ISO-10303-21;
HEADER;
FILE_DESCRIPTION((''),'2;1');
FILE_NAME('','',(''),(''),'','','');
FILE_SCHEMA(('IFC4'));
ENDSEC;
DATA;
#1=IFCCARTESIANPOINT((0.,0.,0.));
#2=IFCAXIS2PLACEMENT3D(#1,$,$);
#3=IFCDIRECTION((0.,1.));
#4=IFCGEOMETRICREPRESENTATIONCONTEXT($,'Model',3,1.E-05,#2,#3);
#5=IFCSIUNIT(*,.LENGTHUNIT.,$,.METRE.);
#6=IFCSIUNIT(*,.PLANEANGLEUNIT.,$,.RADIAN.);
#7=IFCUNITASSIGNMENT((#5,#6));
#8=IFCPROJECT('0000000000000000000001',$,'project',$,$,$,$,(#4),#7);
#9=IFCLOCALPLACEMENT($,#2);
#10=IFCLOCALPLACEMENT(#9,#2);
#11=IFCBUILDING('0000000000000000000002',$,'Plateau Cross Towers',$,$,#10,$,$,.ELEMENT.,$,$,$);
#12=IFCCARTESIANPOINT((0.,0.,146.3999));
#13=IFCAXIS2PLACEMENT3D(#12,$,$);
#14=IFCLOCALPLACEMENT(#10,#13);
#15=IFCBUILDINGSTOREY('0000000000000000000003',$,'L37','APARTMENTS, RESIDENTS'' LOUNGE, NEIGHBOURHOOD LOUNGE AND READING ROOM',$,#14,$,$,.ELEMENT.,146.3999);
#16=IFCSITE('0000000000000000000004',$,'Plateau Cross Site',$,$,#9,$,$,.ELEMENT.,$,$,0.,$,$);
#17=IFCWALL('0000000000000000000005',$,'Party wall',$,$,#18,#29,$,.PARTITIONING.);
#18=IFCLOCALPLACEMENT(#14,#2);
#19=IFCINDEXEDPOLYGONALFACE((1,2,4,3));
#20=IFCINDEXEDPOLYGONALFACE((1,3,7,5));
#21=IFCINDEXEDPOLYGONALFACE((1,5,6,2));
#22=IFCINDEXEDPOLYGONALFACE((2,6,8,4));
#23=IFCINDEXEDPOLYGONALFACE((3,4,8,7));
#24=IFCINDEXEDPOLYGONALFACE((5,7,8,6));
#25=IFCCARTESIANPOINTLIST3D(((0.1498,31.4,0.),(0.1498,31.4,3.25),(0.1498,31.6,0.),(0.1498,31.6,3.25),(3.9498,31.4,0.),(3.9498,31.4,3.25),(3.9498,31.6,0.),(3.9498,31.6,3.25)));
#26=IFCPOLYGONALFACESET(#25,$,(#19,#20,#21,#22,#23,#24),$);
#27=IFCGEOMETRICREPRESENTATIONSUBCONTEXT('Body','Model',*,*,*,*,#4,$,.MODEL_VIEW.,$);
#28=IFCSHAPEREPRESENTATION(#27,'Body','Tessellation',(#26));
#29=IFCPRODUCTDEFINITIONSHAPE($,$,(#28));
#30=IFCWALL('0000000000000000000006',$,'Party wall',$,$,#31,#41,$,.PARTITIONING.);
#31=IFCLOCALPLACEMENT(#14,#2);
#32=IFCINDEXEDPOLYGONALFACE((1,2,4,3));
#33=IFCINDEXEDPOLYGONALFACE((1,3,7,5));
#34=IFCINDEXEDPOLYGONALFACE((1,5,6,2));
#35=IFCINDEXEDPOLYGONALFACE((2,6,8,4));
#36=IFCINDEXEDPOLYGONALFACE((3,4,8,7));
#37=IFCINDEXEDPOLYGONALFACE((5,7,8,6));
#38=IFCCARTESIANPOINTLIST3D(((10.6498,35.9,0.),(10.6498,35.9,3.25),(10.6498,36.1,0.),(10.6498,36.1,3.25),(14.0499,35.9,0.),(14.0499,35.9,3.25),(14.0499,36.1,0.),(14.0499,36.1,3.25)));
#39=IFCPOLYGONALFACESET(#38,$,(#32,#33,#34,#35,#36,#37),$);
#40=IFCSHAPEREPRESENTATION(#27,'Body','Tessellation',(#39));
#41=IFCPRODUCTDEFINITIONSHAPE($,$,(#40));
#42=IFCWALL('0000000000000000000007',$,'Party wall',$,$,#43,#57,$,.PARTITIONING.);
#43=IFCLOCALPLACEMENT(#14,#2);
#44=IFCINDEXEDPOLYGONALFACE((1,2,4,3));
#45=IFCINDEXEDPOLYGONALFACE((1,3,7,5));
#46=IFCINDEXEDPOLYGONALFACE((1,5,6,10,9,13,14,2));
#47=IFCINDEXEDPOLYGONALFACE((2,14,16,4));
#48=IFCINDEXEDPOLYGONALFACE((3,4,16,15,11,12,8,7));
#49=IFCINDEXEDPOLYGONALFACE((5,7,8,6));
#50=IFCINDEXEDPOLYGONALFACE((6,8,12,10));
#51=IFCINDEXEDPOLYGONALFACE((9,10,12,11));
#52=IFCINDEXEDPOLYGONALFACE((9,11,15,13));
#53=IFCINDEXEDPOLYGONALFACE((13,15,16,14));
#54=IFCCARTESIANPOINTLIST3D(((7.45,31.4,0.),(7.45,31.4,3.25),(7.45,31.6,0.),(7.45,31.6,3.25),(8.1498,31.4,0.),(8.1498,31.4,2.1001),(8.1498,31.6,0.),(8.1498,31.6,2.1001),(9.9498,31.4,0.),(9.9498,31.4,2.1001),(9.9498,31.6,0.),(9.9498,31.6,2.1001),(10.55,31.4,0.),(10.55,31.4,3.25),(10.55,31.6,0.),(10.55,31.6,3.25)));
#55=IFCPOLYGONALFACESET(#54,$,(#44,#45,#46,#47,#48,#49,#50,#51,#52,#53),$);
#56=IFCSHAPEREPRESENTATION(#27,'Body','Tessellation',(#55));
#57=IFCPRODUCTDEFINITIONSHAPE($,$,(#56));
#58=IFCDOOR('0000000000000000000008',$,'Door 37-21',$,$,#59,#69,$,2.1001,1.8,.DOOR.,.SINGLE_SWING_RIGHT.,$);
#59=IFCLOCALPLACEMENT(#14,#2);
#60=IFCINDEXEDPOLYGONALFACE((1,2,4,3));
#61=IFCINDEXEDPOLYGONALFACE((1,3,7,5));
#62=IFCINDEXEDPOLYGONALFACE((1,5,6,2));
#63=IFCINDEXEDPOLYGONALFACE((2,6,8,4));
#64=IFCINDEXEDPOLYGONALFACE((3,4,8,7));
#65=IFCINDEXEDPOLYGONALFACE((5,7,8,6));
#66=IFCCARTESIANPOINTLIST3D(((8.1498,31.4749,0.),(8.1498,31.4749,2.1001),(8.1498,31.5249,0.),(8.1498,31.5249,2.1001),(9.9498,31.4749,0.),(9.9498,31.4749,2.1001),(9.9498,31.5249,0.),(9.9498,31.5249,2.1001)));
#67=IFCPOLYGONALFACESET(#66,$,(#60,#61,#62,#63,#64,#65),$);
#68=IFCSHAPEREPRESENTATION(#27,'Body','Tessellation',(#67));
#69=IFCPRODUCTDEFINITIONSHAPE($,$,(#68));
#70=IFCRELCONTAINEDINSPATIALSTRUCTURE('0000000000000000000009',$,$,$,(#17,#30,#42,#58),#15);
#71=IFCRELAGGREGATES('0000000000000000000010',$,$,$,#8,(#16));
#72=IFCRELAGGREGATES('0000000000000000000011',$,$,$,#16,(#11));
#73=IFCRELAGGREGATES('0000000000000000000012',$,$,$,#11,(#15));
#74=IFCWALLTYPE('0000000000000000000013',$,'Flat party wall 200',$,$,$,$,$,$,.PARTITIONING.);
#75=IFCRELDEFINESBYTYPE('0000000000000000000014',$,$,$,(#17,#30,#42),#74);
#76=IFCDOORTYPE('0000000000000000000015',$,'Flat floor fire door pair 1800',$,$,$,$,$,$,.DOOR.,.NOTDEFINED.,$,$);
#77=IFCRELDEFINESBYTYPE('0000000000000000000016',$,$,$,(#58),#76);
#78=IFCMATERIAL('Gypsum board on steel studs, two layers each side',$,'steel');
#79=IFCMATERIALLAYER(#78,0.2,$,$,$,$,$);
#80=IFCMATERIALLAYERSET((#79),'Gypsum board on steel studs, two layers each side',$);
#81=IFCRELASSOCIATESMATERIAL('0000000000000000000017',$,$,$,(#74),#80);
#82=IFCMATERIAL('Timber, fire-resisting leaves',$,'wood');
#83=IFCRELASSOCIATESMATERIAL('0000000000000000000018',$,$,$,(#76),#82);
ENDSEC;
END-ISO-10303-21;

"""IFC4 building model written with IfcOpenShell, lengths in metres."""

from ifc_helpers import new_model, si_unit, direction, frame, frame_2d, origin, place, context, subcontext, project, spatial, rectangle, extrude, material, layer, layer_set, type_object, element, fill, save


model = new_model("IFC4")

# Units and contexts
model_context = context("Model", 3, precision=1e-05, world=origin(), true_north=direction((0.0, 1.0)))
body_context = subcontext(model_context, "Body", "Model", "MODEL_VIEW")
ifc_project = project(units=[si_unit("LENGTHUNIT", "METRE"), si_unit("PLANEANGLEUNIT", "RADIAN")], contexts=[model_context])

# Site, building, storey
site_placement = place(None, origin())
site = spatial("IfcSite", under=ifc_project, at=site_placement, Name="Plateau Cross Site", CompositionType="ELEMENT", RefElevation=0.0)
building_placement = place(site_placement, origin())
building = spatial("IfcBuilding", under=site, at=building_placement, Name="Plateau Cross Towers", CompositionType="ELEMENT")
storey_placement = place(building_placement, frame((0.0, 0.0, 146.3999)))
storey = spatial("IfcBuildingStorey", under=building, at=storey_placement, Name="L37", Description="APARTMENTS, RESIDENTS' LOUNGE, NEIGHBOURHOOD LOUNGE AND READING ROOM", CompositionType="ELEMENT", Elevation=146.3999)

# Walls
ifc_material_1 = material(Name="Gypsum board on steel studs, two layers each side", Category="steel")
ifc_layer_1 = layer(ifc_material_1, 0.2)
ifc_layer_set_1 = layer_set([ifc_layer_1], Name="Gypsum board on steel studs, two layers each side")
wall_type_1 = type_object("IfcWallType", Name="Flat party wall 200", PredefinedType="PARTITIONING", material=ifc_layer_set_1)
wall_1_placement = place(storey_placement, frame((0.1499, 31.5, 0.0), z_axis=(0.0, 0.0, 1.0), x_axis=(1.0, 0.0, 0.0)))
element("IfcWall", 1, at=wall_1_placement, inside=storey, type_object=wall_type_1, Name="Party wall", PredefinedType="PARTITIONING", context=body_context, shape_type="SweptSolid", body=[
    extrude(rectangle(XDim=3.8, YDim=0.2, at=frame_2d((1.8999, 0.0))), origin(), (0.0, 0.0, 1.0), 3.25),
])
wall_2_placement = place(storey_placement, frame((14.05, 36.0, 0.0), z_axis=(0.0, 0.0, 1.0), x_axis=(-1.0, 0.0, 0.0)))
element("IfcWall", 2, at=wall_2_placement, inside=storey, type_object=wall_type_1, Name="Party wall", PredefinedType="PARTITIONING", context=body_context, shape_type="SweptSolid", body=[
    extrude(rectangle(XDim=3.4001, YDim=0.2, at=frame_2d((1.7002, 0.0))), origin(), (0.0, 0.0, 1.0), 3.25),
])

# Wall, opening, door
wall_3_placement = place(storey_placement, frame((7.45, 31.5, 0.0), z_axis=(0.0, 0.0, 1.0), x_axis=(1.0, 0.0, 0.0)))
wall_3 = element("IfcWall", 3, at=wall_3_placement, inside=storey, type_object=wall_type_1, Name="Party wall", PredefinedType="PARTITIONING", context=body_context, shape_type="SweptSolid", body=[
    extrude(rectangle(XDim=3.1001, YDim=0.2, at=frame_2d((1.55, 0.0))), origin(), (0.0, 0.0, 1.0), 3.25),
])
opening_1_placement = place(wall_3_placement, frame((0.7, 0.0, 0.0)))
opening_1 = element("IfcOpeningElement", 4, at=opening_1_placement, cuts=wall_3, PredefinedType="OPENING", context=body_context, shape_type="SweptSolid", body=[
    extrude(rectangle(XDim=1.8, YDim=2.1001, at=frame_2d((0.8999, 1.05))), frame((0.0, 0.1099, 0.0), z_axis=(0.0, -1.0, 0.0), x_axis=(1.0, 0.0, 0.0)), (0.0, 0.0, 1.0), 0.22),
])
ifc_material_2 = material(Name="Timber, fire-resisting leaves", Category="wood")
door_type_1 = type_object("IfcDoorType", Name="Flat floor fire door pair 1800", OperationType="NOTDEFINED", PredefinedType="DOOR", material=ifc_material_2)
door_1_placement = place(opening_1_placement, origin())
door_1 = element("IfcDoor", 5, at=door_1_placement, inside=storey, type_object=door_type_1, Name="Door 37-21", OperationType="SINGLE_SWING_RIGHT", OverallHeight=2.1001, OverallWidth=1.8, PredefinedType="DOOR", context=body_context, shape_type="SweptSolid", body=[
    extrude(rectangle(XDim=1.8, YDim=2.1001, at=frame_2d((0.8999, 1.05))), frame((0.0, 0.0249, 0.0), z_axis=(0.0, -1.0, 0.0), x_axis=(1.0, 0.0, 0.0)), (0.0, 0.0, 1.0), 0.05),
])
fill(opening_1, door_1)

save(model, "model.ifc")
